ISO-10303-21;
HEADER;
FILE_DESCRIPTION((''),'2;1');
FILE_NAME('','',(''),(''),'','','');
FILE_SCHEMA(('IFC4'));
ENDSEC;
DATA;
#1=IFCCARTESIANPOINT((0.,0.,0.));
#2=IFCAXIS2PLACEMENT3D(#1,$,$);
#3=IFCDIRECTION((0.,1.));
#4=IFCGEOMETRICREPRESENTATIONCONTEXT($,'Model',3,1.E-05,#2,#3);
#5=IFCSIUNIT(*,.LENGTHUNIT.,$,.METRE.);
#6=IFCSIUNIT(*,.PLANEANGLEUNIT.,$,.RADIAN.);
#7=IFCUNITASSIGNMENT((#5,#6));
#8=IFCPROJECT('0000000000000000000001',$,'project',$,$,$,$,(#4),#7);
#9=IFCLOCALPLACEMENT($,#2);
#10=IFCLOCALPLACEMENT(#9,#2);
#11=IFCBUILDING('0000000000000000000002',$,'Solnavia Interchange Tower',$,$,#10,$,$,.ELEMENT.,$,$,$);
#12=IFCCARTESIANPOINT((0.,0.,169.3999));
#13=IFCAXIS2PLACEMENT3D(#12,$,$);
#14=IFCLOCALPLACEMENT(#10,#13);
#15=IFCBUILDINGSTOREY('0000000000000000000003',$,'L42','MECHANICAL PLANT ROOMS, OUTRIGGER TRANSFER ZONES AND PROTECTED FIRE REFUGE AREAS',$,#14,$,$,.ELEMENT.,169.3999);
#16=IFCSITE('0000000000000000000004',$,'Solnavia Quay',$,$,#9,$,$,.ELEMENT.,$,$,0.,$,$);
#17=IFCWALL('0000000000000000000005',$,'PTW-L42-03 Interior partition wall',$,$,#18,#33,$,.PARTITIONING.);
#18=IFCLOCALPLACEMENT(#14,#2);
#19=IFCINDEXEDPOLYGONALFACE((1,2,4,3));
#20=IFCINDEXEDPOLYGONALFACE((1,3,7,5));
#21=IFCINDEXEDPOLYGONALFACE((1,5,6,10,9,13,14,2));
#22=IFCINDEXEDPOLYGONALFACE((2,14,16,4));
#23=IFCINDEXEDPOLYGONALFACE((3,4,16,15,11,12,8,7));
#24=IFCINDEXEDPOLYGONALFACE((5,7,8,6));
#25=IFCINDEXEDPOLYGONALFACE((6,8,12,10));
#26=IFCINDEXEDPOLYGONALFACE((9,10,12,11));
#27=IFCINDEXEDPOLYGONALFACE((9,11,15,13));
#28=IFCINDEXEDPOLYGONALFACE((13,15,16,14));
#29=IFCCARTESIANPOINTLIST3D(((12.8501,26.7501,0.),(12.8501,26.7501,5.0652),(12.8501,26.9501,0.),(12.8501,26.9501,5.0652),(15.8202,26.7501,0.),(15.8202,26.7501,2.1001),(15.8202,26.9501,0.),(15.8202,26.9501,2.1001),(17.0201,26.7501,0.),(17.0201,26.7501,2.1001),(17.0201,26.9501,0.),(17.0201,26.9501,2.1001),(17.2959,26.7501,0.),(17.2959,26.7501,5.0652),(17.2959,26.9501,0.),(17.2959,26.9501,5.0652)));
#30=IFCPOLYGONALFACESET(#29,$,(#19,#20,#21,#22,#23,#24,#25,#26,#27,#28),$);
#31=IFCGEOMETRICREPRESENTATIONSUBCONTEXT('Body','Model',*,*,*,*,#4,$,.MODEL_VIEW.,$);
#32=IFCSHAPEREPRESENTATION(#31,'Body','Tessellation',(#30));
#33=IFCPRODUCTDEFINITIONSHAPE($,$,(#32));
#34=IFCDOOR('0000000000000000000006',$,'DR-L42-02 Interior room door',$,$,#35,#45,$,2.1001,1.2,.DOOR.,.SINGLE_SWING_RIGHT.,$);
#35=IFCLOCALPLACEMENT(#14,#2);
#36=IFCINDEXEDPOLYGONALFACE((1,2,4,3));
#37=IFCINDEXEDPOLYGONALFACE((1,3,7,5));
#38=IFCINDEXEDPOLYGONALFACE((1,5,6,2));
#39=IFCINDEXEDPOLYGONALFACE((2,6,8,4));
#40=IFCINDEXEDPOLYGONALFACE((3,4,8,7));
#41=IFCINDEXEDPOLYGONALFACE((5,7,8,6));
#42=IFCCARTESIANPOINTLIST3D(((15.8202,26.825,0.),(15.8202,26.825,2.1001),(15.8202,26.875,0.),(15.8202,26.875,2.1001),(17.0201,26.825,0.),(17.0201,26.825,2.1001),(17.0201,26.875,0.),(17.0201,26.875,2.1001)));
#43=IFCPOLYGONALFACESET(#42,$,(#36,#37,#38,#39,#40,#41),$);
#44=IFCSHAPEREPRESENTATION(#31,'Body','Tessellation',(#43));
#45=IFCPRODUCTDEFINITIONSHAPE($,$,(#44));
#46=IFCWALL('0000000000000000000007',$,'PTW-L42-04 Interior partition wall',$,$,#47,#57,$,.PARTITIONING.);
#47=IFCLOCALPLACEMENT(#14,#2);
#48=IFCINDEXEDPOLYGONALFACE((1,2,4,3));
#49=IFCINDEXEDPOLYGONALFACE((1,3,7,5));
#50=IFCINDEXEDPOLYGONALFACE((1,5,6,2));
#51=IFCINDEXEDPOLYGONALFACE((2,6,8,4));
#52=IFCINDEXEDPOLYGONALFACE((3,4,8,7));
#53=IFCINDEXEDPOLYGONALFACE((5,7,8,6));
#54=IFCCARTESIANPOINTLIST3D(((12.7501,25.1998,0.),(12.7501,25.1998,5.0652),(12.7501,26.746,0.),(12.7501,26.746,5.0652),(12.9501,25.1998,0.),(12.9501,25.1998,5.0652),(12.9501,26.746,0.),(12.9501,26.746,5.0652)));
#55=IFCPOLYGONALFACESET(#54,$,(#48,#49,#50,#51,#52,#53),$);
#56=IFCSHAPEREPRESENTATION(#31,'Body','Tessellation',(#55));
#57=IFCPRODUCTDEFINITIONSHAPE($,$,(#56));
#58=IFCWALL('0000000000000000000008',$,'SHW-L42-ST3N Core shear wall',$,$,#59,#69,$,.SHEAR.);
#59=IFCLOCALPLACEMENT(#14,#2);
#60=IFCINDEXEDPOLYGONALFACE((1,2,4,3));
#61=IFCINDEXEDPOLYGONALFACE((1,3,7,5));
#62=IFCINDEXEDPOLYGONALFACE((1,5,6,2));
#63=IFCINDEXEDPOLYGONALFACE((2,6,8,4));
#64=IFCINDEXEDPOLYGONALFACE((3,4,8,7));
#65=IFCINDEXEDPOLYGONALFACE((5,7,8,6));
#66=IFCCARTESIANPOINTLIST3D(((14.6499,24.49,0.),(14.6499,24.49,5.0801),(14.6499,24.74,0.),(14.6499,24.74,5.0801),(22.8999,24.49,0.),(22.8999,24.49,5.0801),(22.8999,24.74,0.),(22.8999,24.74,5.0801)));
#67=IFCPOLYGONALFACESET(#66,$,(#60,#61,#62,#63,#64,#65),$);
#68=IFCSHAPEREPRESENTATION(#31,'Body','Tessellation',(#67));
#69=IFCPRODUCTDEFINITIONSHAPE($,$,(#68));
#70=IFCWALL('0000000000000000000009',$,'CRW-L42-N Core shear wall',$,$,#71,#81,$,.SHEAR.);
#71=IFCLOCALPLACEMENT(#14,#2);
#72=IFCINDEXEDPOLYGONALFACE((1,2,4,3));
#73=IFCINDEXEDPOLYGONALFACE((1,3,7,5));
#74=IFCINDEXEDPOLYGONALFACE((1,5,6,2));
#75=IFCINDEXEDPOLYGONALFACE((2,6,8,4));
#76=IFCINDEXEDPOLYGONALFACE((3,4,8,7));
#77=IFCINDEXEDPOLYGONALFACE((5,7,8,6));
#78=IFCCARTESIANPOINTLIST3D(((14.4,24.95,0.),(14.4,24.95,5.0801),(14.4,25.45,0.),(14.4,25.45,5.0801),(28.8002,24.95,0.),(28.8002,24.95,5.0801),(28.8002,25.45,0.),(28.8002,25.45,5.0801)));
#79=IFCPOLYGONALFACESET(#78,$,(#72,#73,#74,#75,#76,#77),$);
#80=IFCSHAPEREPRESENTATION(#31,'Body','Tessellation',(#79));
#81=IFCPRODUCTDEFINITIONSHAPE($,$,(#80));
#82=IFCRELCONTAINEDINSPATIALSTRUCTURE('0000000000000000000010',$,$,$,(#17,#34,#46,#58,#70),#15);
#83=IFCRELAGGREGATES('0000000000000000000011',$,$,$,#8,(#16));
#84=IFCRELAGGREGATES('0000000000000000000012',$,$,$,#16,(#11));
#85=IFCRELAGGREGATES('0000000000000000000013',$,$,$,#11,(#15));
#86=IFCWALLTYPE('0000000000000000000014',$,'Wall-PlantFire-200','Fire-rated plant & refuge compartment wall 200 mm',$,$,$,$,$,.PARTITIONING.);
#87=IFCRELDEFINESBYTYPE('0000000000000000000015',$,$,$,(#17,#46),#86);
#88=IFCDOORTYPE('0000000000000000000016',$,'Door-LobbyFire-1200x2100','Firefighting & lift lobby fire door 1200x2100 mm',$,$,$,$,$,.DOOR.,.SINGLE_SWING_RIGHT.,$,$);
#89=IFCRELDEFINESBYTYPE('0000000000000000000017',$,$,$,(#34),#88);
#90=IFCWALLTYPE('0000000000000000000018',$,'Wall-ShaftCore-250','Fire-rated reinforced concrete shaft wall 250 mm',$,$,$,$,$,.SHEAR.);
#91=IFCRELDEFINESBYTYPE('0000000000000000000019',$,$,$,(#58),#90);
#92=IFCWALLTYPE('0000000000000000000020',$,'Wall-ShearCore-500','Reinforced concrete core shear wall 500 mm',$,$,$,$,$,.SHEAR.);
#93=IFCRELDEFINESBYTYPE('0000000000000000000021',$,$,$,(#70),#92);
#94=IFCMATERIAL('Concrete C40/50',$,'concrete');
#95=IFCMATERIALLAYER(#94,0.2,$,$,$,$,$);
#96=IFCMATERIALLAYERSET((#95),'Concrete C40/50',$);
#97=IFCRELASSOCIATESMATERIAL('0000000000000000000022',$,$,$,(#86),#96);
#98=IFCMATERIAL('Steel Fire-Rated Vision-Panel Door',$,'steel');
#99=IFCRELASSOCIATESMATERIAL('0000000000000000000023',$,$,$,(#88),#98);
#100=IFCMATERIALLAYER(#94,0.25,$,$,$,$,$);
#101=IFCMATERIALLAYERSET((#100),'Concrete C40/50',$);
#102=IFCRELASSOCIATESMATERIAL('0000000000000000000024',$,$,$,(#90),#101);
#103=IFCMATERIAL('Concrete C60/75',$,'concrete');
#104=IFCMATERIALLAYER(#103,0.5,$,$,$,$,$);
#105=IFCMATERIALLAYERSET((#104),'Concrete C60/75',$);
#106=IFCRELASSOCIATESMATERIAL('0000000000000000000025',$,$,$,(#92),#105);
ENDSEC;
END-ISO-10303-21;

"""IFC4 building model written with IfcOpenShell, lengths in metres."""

from ifc_helpers import new_model, si_unit, direction, frame, frame_2d, origin, place, context, subcontext, project, spatial, rectangle, extrude, material, layer, layer_set, type_object, element, fill, save


model = new_model("IFC4")

# Units and contexts
model_context = context("Model", 3, precision=1e-05, world=origin(), true_north=direction((0.0, 1.0)))
body_context = subcontext(model_context, "Body", "Model", "MODEL_VIEW")
ifc_project = project(units=[si_unit("LENGTHUNIT", "METRE"), si_unit("PLANEANGLEUNIT", "RADIAN")], contexts=[model_context])

# Site, building, storey
site_placement = place(None, origin())
site = spatial("IfcSite", under=ifc_project, at=site_placement, Name="Solnavia Quay", CompositionType="ELEMENT", RefElevation=0.0)
building_placement = place(site_placement, origin())
building = spatial("IfcBuilding", under=site, at=building_placement, Name="Solnavia Interchange Tower", CompositionType="ELEMENT")
storey_placement = place(building_placement, frame((0.0, 0.0, 169.3999)))
storey = spatial("IfcBuildingStorey", under=building, at=storey_placement, Name="L42", Description="MECHANICAL PLANT ROOMS, OUTRIGGER TRANSFER ZONES AND PROTECTED FIRE REFUGE AREAS", CompositionType="ELEMENT", Elevation=169.3999)

# Shared definitions
ifc_material_1 = material(Name="Concrete C40/50", Category="concrete")

# Wall, opening, door
ifc_layer_1 = layer(ifc_material_1, 0.2)
ifc_layer_set_1 = layer_set([ifc_layer_1], Name="Concrete C40/50")
wall_type_1 = type_object("IfcWallType", Name="Wall-PlantFire-200", Description="Fire-rated plant & refuge compartment wall 200 mm", PredefinedType="PARTITIONING", material=ifc_layer_set_1)
wall_1_placement = place(storey_placement, frame((12.8501, 26.8501, 0.0), z_axis=(0.0, 0.0, 1.0), x_axis=(1.0, 0.0, 0.0)))
wall_1 = element("IfcWall", 1, at=wall_1_placement, inside=storey, type_object=wall_type_1, Name="PTW-L42-03 Interior partition wall", PredefinedType="PARTITIONING", context=body_context, shape_type="SweptSolid", body=[
    extrude(rectangle(XDim=4.4458, YDim=0.2, at=frame_2d((2.2229, 0.0))), origin(), (0.0, 0.0, 1.0), 5.0652),
])
opening_placement = place(wall_1_placement, frame((2.97, 0.0, 0.0)))
opening = element("IfcOpeningElement", 2, at=opening_placement, cuts=wall_1, PredefinedType="OPENING", context=body_context, shape_type="SweptSolid", body=[
    extrude(rectangle(XDim=1.2, YDim=2.1001, at=frame_2d((0.6001, 1.05))), frame((0.0, 0.1099, 0.0), z_axis=(0.0, -1.0, 0.0), x_axis=(1.0, 0.0, 0.0)), (0.0, 0.0, 1.0), 0.22),
])
ifc_material_2 = material(Name="Steel Fire-Rated Vision-Panel Door", Category="steel")
door_type = type_object("IfcDoorType", Name="Door-LobbyFire-1200x2100", Description="Firefighting & lift lobby fire door 1200x2100 mm", OperationType="SINGLE_SWING_RIGHT", PredefinedType="DOOR", material=ifc_material_2)
door_placement = place(opening_placement, origin())
door = element("IfcDoor", 3, at=door_placement, inside=storey, type_object=door_type, Name="DR-L42-02 Interior room door", OperationType="SINGLE_SWING_RIGHT", OverallHeight=2.1001, OverallWidth=1.2, PredefinedType="DOOR", context=body_context, shape_type="SweptSolid", body=[
    extrude(rectangle(XDim=1.2, YDim=2.1001, at=frame_2d((0.6001, 1.05))), frame((0.0, 0.0249, 0.0), z_axis=(0.0, -1.0, 0.0), x_axis=(1.0, 0.0, 0.0)), (0.0, 0.0, 1.0), 0.05),
])
fill(opening, door)

# Walls
wall_2_placement = place(storey_placement, frame((12.8501, 25.2, 0.0), z_axis=(0.0, 0.0, 1.0), x_axis=(0.0, 1.0, 0.0)))
element("IfcWall", 4, at=wall_2_placement, inside=storey, type_object=wall_type_1, Name="PTW-L42-04 Interior partition wall", PredefinedType="PARTITIONING", context=body_context, shape_type="SweptSolid", body=[
    extrude(rectangle(XDim=1.5461, YDim=0.2, at=frame_2d((0.7729, 0.0))), origin(), (0.0, 0.0, 1.0), 5.0652),
])
ifc_layer_2 = layer(ifc_material_1, 0.25)
ifc_layer_set_2 = layer_set([ifc_layer_2], Name="Concrete C40/50")
wall_type_2 = type_object("IfcWallType", Name="Wall-ShaftCore-250", Description="Fire-rated reinforced concrete shaft wall 250 mm", PredefinedType="SHEAR", material=ifc_layer_set_2)
wall_3_placement = place(storey_placement, frame((14.6499, 24.615, 0.0), z_axis=(0.0, 0.0, 1.0), x_axis=(1.0, 0.0, 0.0)))
element("IfcWall", 5, at=wall_3_placement, inside=storey, type_object=wall_type_2, Name="SHW-L42-ST3N Core shear wall", PredefinedType="SHEAR", context=body_context, shape_type="SweptSolid", body=[
    extrude(rectangle(XDim=8.25, YDim=0.25, at=frame_2d((4.125, 0.0))), origin(), (0.0, 0.0, 1.0), 5.0801),
])
ifc_material_3 = material(Name="Concrete C60/75", Category="concrete")
ifc_layer_3 = layer(ifc_material_3, 0.5)
ifc_layer_set_3 = layer_set([ifc_layer_3], Name="Concrete C60/75")
wall_type_3 = type_object("IfcWallType", Name="Wall-ShearCore-500", Description="Reinforced concrete core shear wall 500 mm", PredefinedType="SHEAR", material=ifc_layer_set_3)
wall_4_placement = place(storey_placement, frame((14.3999, 25.2, 0.0), z_axis=(0.0, 0.0, 1.0), x_axis=(1.0, 0.0, 0.0)))
element("IfcWall", 6, at=wall_4_placement, inside=storey, type_object=wall_type_3, Name="CRW-L42-N Core shear wall", PredefinedType="SHEAR", context=body_context, shape_type="SweptSolid", body=[
    extrude(rectangle(XDim=14.4001, YDim=0.5, at=frame_2d((7.2002, 0.0))), origin(), (0.0, 0.0, 1.0), 5.0801),
])

save(model, "model.ifc")
